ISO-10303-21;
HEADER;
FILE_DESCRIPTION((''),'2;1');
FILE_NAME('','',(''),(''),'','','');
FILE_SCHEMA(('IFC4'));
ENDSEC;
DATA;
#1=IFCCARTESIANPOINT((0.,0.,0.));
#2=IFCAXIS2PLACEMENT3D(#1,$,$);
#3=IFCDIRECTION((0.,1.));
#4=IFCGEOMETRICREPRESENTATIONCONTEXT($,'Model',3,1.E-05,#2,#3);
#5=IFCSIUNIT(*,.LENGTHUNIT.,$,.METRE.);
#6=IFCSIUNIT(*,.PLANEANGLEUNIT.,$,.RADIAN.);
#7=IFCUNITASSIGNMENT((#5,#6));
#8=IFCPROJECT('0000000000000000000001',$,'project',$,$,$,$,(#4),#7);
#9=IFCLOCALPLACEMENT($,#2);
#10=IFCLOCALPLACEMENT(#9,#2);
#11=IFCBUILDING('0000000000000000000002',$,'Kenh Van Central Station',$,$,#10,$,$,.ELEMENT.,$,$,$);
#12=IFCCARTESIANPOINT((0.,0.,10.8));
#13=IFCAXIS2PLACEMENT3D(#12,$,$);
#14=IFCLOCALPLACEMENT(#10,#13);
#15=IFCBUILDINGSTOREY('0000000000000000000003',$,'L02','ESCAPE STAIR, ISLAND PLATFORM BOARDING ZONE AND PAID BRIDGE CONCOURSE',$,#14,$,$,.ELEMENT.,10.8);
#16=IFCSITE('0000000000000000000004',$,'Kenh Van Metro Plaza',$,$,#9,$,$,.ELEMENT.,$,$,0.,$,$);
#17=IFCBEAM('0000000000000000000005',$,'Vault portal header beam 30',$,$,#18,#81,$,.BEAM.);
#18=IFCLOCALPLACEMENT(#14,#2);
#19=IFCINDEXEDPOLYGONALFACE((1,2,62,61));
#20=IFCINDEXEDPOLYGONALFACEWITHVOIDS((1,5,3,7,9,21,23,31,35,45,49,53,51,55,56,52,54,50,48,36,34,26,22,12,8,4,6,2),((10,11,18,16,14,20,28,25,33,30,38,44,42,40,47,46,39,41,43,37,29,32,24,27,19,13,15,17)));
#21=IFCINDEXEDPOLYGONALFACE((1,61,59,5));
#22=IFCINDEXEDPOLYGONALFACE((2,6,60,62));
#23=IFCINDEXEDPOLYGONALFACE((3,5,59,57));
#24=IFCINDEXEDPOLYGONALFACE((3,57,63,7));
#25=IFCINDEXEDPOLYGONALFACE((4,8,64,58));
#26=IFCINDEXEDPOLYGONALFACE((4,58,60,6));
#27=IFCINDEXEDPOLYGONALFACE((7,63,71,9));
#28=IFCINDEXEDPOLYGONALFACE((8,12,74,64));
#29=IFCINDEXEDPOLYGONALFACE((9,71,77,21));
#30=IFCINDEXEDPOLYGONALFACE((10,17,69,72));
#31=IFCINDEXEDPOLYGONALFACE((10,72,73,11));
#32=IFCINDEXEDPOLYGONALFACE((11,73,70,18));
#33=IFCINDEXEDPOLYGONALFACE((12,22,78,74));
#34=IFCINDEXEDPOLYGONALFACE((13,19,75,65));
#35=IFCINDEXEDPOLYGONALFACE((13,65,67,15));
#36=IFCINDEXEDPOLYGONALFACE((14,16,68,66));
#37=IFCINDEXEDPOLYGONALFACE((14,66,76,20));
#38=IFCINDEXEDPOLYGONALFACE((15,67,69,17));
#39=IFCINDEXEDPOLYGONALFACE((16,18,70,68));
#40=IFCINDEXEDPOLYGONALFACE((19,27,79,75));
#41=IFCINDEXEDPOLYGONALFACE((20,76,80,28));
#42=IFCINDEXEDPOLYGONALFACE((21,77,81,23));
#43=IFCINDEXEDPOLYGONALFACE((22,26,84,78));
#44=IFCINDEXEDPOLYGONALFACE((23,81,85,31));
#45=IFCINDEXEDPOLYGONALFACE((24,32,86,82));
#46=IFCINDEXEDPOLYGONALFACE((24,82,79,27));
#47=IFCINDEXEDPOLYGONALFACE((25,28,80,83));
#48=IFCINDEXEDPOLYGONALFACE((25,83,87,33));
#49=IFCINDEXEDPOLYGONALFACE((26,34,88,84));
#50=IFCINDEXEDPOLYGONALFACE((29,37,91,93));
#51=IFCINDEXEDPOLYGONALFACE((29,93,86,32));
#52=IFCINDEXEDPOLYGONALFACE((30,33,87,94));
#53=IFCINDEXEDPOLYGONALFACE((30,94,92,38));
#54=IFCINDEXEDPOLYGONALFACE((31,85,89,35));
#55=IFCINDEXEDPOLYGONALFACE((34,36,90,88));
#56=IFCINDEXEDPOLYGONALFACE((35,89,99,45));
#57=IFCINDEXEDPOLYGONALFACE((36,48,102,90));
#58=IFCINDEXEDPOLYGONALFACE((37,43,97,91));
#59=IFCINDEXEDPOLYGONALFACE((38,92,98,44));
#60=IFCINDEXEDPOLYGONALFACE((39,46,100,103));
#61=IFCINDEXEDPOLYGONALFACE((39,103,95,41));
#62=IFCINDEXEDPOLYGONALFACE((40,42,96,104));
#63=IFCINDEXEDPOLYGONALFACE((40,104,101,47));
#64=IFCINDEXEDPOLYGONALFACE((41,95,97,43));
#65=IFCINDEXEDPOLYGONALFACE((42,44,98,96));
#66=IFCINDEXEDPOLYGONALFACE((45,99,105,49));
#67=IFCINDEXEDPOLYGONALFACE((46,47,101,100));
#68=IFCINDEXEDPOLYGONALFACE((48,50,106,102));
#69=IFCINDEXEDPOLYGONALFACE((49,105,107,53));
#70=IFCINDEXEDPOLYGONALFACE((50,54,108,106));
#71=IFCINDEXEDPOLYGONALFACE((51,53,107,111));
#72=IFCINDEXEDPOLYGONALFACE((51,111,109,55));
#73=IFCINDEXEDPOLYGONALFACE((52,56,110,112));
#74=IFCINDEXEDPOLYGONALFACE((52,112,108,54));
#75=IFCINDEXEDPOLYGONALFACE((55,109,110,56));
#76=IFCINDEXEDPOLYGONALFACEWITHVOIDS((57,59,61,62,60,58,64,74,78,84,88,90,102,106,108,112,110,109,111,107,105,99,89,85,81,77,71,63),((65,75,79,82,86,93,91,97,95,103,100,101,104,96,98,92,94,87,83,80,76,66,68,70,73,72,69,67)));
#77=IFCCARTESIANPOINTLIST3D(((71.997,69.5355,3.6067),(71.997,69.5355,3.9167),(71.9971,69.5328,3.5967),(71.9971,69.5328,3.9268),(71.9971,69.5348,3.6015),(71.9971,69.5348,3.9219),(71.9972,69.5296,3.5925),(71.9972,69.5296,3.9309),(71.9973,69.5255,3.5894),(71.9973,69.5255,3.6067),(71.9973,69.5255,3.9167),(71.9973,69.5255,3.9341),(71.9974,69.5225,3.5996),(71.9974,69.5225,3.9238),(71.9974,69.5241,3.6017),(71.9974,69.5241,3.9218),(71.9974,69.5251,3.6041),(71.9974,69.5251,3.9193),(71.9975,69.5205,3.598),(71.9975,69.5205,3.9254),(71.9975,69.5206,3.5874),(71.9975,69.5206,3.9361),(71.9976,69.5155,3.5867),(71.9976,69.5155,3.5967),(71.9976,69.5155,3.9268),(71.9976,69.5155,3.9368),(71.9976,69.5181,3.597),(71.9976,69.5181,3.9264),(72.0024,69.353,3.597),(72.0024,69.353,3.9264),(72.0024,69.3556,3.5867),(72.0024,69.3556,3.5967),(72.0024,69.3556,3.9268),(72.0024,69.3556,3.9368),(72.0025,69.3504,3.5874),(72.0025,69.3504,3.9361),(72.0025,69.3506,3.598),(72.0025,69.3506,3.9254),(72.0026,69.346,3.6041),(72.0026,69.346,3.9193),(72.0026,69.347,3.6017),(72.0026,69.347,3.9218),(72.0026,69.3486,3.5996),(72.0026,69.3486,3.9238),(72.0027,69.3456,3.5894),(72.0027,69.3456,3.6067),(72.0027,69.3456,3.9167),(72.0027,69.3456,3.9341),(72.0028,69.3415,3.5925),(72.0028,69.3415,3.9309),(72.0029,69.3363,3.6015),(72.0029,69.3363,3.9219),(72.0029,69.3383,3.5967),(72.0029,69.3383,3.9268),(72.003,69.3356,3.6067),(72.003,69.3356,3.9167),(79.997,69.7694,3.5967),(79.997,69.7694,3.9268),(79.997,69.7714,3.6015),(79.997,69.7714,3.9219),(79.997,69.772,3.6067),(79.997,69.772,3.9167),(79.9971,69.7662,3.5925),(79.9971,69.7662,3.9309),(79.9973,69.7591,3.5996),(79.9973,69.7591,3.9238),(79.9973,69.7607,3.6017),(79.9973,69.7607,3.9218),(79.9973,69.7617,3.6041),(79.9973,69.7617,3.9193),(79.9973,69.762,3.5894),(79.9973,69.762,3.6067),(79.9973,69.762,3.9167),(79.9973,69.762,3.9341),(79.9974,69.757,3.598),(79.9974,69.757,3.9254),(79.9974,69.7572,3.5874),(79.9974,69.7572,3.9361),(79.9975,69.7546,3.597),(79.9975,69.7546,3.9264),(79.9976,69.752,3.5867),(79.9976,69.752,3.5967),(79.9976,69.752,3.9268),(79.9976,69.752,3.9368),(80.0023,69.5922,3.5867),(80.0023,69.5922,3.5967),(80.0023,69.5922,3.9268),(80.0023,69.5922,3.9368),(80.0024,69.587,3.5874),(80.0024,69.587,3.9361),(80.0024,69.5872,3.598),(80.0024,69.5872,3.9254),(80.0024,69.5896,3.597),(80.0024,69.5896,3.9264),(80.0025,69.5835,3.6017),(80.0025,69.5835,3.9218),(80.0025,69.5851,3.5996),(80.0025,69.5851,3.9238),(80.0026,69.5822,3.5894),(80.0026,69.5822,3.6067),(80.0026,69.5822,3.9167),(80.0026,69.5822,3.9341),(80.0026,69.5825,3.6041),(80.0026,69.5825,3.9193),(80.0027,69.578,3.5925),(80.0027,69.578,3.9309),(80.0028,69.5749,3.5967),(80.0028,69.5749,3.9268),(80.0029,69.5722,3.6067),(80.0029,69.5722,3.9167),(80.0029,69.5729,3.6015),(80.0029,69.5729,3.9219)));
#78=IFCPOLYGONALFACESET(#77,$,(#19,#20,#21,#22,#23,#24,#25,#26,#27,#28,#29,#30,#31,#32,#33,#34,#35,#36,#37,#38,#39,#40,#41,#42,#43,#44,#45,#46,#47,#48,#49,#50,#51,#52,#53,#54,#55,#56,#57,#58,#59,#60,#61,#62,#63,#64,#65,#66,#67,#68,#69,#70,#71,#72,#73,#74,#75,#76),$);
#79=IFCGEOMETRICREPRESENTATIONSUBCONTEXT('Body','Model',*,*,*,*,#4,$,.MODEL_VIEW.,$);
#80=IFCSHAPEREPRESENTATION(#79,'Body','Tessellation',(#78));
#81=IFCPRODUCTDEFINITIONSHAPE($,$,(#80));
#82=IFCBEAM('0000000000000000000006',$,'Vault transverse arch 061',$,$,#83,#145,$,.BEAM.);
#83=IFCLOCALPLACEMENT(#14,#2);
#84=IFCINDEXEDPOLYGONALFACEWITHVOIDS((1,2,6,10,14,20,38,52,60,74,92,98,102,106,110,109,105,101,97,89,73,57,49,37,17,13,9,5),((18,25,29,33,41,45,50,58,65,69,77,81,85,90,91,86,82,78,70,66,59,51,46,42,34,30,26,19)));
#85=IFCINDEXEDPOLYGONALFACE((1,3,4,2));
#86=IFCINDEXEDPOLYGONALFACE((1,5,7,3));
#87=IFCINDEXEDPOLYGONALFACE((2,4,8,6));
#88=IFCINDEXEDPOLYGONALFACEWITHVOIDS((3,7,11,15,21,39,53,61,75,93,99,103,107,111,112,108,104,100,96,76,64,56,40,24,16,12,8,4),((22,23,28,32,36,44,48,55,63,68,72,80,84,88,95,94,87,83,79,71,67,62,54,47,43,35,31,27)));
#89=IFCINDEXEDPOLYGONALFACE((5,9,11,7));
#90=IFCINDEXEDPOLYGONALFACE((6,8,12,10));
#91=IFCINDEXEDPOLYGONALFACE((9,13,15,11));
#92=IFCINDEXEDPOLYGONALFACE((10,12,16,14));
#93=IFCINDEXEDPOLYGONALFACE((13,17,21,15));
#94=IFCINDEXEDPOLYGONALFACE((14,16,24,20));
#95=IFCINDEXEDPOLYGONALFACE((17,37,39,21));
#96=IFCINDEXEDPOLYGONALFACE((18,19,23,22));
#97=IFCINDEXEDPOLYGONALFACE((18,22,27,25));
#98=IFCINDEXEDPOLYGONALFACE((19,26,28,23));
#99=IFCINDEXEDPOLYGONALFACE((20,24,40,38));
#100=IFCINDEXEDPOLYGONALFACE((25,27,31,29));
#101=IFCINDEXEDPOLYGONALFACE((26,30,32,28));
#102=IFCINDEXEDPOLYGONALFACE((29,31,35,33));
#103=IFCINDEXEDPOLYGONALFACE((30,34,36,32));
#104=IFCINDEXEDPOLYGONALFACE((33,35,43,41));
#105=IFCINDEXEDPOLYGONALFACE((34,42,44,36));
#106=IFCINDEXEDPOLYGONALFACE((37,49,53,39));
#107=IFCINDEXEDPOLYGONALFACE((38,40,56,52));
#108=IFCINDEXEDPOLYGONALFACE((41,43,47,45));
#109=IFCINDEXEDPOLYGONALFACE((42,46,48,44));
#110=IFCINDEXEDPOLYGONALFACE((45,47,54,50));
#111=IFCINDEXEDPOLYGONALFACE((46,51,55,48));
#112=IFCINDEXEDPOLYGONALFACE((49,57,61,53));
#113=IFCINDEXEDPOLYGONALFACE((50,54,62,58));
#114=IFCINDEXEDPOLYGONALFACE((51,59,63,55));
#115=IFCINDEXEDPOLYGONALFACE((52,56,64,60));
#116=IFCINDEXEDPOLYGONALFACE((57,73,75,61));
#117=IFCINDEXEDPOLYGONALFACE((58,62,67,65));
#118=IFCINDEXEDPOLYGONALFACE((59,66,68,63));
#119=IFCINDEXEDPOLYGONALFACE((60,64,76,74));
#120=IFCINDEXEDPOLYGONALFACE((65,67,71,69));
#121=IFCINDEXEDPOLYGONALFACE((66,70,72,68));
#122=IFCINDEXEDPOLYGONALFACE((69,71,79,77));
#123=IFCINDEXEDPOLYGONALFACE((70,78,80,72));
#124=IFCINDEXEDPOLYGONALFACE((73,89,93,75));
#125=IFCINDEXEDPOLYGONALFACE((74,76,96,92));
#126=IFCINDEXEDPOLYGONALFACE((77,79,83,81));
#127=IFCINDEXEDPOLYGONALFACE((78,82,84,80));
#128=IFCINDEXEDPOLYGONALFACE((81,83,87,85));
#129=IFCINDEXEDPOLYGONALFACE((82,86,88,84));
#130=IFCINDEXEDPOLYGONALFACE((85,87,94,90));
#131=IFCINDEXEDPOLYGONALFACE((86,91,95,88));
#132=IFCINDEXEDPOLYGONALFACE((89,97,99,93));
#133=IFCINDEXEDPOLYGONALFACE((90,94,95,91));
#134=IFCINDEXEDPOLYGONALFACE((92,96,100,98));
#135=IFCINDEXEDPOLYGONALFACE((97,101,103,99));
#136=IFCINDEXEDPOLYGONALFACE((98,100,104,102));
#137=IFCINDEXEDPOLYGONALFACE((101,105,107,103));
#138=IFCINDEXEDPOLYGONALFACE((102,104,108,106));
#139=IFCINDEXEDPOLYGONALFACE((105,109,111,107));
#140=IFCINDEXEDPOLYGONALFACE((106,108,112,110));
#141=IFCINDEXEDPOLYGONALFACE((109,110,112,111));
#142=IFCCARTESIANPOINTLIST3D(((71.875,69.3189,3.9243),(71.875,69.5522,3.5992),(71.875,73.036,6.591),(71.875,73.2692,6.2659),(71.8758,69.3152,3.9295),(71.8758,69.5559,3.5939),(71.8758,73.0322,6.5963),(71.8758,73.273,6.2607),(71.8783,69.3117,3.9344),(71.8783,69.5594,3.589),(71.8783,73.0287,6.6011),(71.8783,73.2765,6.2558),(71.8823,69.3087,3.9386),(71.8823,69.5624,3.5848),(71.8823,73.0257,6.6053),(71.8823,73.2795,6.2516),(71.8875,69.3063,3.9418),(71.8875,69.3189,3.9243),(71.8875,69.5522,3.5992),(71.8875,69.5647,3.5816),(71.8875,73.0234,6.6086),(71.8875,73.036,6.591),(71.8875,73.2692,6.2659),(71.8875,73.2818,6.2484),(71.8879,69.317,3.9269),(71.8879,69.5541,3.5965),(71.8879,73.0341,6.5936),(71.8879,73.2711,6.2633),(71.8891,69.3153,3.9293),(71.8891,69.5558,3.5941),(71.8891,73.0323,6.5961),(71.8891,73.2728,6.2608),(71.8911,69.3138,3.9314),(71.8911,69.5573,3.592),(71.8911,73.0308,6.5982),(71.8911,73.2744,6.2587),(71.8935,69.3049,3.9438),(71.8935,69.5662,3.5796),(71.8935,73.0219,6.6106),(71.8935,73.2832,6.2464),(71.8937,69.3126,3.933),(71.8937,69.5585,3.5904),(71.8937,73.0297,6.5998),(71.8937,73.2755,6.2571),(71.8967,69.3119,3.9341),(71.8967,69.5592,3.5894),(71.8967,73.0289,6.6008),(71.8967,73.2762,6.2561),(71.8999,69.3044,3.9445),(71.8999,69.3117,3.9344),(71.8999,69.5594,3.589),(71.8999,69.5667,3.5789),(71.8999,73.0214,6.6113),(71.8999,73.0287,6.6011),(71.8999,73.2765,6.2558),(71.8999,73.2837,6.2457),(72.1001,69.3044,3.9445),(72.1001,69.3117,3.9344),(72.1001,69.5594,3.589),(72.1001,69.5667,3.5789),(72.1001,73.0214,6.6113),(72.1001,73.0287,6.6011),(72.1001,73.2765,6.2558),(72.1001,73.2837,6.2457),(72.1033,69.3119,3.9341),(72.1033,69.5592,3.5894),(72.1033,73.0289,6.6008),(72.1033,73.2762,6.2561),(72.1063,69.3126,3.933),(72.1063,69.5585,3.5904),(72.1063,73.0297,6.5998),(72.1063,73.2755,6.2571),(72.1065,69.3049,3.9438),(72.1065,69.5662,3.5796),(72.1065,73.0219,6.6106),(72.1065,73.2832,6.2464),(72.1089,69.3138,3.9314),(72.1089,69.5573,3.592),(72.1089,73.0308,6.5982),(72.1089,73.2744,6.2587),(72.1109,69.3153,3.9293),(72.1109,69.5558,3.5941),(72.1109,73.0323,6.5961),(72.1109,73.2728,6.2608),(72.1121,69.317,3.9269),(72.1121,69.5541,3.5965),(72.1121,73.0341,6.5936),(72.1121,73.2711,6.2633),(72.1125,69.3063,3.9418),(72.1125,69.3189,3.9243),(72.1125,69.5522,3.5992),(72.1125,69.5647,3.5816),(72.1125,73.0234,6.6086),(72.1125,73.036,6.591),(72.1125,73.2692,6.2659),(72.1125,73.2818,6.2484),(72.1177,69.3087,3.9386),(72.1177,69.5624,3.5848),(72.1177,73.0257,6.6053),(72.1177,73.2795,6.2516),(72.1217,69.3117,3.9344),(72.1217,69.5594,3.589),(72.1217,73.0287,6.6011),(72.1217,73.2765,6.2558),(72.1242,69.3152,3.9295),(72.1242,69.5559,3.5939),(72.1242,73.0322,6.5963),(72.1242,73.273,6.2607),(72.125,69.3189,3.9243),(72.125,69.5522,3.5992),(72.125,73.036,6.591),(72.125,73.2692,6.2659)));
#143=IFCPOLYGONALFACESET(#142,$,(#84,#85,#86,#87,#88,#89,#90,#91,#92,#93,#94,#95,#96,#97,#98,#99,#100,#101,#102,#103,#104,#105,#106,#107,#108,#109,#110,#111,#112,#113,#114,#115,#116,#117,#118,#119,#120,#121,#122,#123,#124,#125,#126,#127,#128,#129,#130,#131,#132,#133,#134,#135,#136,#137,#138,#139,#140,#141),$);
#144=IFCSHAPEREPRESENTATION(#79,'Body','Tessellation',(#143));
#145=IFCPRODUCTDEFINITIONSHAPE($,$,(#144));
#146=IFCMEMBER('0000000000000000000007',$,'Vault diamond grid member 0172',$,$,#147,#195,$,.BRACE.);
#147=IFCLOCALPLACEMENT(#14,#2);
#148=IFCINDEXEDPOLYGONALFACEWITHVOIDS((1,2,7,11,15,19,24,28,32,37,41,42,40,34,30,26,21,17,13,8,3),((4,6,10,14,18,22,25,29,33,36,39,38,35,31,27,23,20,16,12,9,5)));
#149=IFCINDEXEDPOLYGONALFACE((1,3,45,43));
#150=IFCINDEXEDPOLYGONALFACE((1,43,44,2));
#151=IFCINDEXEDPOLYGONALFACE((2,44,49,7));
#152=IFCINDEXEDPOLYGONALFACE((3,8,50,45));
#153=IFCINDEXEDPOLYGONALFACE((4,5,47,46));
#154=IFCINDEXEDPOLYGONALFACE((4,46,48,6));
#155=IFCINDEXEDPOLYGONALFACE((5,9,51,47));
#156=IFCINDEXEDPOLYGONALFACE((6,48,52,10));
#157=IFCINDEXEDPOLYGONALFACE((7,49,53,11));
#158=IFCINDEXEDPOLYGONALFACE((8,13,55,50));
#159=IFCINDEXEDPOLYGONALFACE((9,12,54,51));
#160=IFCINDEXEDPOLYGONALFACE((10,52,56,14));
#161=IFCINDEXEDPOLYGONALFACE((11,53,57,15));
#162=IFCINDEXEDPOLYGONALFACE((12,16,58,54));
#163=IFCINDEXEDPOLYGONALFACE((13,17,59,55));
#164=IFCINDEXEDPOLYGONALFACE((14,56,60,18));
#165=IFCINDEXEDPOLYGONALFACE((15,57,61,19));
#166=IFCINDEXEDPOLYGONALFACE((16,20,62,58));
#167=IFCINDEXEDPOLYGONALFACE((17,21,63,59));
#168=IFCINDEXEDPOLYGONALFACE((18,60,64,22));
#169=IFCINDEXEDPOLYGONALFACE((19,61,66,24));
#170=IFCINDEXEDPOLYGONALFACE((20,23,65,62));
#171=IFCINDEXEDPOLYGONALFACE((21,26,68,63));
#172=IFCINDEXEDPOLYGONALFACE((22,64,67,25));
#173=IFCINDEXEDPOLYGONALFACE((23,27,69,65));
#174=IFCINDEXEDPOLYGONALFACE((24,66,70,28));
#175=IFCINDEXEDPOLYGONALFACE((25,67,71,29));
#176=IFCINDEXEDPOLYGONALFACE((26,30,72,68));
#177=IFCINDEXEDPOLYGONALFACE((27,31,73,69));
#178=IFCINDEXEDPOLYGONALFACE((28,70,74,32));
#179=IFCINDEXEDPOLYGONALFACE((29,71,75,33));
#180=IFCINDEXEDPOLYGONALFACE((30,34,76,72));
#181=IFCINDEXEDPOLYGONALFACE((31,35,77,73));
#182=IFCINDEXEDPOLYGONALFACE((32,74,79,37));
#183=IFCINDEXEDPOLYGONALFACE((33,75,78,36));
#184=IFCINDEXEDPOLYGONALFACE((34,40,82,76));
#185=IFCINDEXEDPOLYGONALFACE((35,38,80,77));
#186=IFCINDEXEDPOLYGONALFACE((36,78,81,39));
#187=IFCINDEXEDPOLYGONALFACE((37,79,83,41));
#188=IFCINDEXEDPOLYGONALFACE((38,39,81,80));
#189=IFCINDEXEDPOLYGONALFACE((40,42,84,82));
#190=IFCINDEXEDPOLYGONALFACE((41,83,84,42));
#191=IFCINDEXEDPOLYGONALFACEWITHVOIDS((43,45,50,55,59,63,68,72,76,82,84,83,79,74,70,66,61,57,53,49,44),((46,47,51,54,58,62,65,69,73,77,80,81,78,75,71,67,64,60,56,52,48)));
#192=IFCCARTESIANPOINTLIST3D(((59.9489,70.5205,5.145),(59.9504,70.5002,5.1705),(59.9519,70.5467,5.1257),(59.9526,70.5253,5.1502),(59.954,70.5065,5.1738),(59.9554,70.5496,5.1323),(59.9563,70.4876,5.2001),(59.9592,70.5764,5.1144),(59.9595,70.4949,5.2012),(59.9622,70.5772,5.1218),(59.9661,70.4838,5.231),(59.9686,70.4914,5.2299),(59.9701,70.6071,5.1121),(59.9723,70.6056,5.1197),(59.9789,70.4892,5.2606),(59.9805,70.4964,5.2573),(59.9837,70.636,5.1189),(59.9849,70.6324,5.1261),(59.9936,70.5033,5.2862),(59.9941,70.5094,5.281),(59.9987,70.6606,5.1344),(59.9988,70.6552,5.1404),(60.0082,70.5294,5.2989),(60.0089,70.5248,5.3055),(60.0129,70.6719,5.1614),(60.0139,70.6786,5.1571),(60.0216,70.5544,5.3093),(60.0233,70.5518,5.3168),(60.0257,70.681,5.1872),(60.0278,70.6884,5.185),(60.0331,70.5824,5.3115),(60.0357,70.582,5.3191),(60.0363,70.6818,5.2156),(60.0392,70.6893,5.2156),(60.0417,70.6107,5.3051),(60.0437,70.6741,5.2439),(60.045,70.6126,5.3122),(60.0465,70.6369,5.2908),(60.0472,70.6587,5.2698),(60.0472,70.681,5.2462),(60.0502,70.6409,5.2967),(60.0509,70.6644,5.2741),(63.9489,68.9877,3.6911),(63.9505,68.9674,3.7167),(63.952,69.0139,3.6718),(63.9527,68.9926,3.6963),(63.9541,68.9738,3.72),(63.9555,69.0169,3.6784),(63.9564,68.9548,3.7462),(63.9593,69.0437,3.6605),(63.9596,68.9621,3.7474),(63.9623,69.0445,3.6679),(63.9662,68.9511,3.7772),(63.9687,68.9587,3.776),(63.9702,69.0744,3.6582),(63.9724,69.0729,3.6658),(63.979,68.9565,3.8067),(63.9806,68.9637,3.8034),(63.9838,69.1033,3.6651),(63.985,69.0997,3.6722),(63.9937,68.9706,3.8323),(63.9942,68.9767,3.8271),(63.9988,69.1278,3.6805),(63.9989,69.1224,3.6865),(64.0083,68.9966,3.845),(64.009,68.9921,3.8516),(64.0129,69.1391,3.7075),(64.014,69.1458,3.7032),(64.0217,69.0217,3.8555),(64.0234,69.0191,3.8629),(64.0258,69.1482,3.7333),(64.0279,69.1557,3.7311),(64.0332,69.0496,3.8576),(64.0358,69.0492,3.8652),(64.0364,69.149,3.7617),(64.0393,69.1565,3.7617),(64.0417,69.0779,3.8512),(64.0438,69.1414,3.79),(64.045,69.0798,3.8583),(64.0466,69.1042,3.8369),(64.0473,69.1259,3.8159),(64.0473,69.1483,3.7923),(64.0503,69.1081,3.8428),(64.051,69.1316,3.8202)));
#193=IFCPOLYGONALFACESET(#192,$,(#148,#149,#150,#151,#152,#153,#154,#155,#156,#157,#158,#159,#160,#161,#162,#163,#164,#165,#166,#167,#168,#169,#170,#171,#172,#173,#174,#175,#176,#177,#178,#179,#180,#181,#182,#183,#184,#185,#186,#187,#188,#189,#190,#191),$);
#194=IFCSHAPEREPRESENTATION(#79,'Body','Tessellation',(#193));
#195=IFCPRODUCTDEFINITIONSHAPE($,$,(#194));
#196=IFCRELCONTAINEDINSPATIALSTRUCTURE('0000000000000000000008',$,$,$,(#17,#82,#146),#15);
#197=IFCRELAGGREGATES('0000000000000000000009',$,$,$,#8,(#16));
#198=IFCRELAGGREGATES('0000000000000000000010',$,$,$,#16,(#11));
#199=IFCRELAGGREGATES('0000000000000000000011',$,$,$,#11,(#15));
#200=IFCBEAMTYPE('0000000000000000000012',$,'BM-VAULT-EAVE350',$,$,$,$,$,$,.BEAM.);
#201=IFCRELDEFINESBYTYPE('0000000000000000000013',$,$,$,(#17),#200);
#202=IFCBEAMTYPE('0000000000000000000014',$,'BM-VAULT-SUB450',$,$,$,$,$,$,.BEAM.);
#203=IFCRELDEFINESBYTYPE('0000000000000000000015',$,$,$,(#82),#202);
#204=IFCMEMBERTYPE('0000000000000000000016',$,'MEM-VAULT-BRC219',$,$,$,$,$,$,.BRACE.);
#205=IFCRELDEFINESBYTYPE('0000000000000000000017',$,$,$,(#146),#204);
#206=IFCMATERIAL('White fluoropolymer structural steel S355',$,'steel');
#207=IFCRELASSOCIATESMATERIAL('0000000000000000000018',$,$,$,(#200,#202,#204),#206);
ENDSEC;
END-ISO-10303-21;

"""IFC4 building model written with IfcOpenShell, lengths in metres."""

from ifc_helpers import new_model, si_unit, direction, frame, origin, origin_2d, place, context, subcontext, project, spatial, hollow_rectangle, hollow_circle, extrude, material, material_profile, profile_set, type_object, element, save


model = new_model("IFC4")

# Units and contexts
model_context = context("Model", 3, precision=1e-05, world=origin(), true_north=direction((0.0, 1.0)))
body_context = subcontext(model_context, "Body", "Model", "MODEL_VIEW")
ifc_project = project(units=[si_unit("LENGTHUNIT", "METRE"), si_unit("PLANEANGLEUNIT", "RADIAN")], contexts=[model_context])

# Site, building, storey
site_placement = place(None, origin())
site = spatial("IfcSite", under=ifc_project, at=site_placement, Name="Kenh Van Metro Plaza", CompositionType="ELEMENT", RefElevation=0.0)
building_placement = place(site_placement, origin())
building = spatial("IfcBuilding", under=site, at=building_placement, Name="Kenh Van Central Station", CompositionType="ELEMENT")
storey_placement = place(building_placement, frame((0.0, 0.0, 10.8)))
storey = spatial("IfcBuildingStorey", under=building, at=storey_placement, Name="L02", Description="ESCAPE STAIR, ISLAND PLATFORM BOARDING ZONE AND PAID BRIDGE CONCOURSE", CompositionType="ELEMENT", Elevation=10.8)

# Beams
ifc_material_1 = material(Name="White fluoropolymer structural steel S355", Category="steel")
ifc_material_profile_1 = material_profile(ifc_material_1, hollow_rectangle(XDim=0.2, YDim=0.3501, WallThickness=0.01, InnerFilletRadius=0.01, OuterFilletRadius=0.02, at=origin_2d()), Name="RHS 350x200x10")
ifc_profile_set_1 = profile_set([ifc_material_profile_1], Name="White fluoropolymer structural steel S355")
beam_type_1 = type_object("IfcBeamType", Name="BM-VAULT-EAVE350", PredefinedType="BEAM", material=ifc_profile_set_1)
beam_1_placement = place(storey_placement, frame((72.0, 69.4355, 3.7617), z_axis=(0.999563, 0.029559, 0.0), x_axis=(-0.029559, 0.999563, 0.0)))
element("IfcBeam", 1, at=beam_1_placement, inside=storey, type_object=beam_type_1, Name="Vault portal header beam 30", PredefinedType="BEAM", context=body_context, shape_type="SweptSolid", body=[
    extrude(hollow_rectangle(XDim=0.2, YDim=0.3501, WallThickness=0.01, InnerFilletRadius=0.01, OuterFilletRadius=0.02, at=origin_2d()), origin(), (0.0, 0.0, 1.0), 8.0034),
])
ifc_material_profile_2 = material_profile(ifc_material_1, hollow_rectangle(XDim=0.25, YDim=0.45, WallThickness=0.0125, InnerFilletRadius=0.0125, OuterFilletRadius=0.0249, at=origin_2d()), Name="RHS 450x250x12.5")
ifc_profile_set_2 = profile_set([ifc_material_profile_2], Name="White fluoropolymer structural steel S355")
beam_type_2 = type_object("IfcBeamType", Name="BM-VAULT-SUB450", PredefinedType="BEAM", material=ifc_profile_set_2)
beam_2_placement = place(storey_placement, frame((72.0, 69.4355, 3.7617), z_axis=(0.0, 0.81252, 0.582933), x_axis=(-1.0, 0.0, 0.0)))
element("IfcBeam", 2, at=beam_2_placement, inside=storey, type_object=beam_type_2, Name="Vault transverse arch 061", PredefinedType="BEAM", context=body_context, shape_type="SweptSolid", body=[
    extrude(hollow_rectangle(XDim=0.25, YDim=0.45, WallThickness=0.0125, InnerFilletRadius=0.0125, OuterFilletRadius=0.0249, at=origin_2d()), origin(), (0.0, 0.0, 1.0), 4.5747),
])

# Member
ifc_material_profile_3 = material_profile(ifc_material_1, hollow_circle(Radius=0.1096, WallThickness=0.0081, at=origin_2d()), Name="CHS 219.1x8")
ifc_profile_set_3 = profile_set([ifc_material_profile_3], Name="White fluoropolymer structural steel S355")
member_type_1 = type_object("IfcMemberType", Name="MEM-VAULT-BRC219", PredefinedType="BRACE", material=ifc_profile_set_3)
member_1_placement = place(storey_placement, frame((60.0, 70.5869, 5.2156), z_axis=(0.884252, -0.338827, -0.321394), x_axis=(0.35781, 0.933794, 0.0)))
element("IfcMember", 3, at=member_1_placement, inside=storey, type_object=member_type_1, Name="Vault diamond grid member 0172", PredefinedType="BRACE", context=body_context, shape_type="SweptSolid", body=[
    extrude(hollow_circle(Radius=0.1096, WallThickness=0.0081, at=origin_2d()), origin(), (0.0, 0.0, 1.0), 4.5237),
])

save(model, "model.ifc")
